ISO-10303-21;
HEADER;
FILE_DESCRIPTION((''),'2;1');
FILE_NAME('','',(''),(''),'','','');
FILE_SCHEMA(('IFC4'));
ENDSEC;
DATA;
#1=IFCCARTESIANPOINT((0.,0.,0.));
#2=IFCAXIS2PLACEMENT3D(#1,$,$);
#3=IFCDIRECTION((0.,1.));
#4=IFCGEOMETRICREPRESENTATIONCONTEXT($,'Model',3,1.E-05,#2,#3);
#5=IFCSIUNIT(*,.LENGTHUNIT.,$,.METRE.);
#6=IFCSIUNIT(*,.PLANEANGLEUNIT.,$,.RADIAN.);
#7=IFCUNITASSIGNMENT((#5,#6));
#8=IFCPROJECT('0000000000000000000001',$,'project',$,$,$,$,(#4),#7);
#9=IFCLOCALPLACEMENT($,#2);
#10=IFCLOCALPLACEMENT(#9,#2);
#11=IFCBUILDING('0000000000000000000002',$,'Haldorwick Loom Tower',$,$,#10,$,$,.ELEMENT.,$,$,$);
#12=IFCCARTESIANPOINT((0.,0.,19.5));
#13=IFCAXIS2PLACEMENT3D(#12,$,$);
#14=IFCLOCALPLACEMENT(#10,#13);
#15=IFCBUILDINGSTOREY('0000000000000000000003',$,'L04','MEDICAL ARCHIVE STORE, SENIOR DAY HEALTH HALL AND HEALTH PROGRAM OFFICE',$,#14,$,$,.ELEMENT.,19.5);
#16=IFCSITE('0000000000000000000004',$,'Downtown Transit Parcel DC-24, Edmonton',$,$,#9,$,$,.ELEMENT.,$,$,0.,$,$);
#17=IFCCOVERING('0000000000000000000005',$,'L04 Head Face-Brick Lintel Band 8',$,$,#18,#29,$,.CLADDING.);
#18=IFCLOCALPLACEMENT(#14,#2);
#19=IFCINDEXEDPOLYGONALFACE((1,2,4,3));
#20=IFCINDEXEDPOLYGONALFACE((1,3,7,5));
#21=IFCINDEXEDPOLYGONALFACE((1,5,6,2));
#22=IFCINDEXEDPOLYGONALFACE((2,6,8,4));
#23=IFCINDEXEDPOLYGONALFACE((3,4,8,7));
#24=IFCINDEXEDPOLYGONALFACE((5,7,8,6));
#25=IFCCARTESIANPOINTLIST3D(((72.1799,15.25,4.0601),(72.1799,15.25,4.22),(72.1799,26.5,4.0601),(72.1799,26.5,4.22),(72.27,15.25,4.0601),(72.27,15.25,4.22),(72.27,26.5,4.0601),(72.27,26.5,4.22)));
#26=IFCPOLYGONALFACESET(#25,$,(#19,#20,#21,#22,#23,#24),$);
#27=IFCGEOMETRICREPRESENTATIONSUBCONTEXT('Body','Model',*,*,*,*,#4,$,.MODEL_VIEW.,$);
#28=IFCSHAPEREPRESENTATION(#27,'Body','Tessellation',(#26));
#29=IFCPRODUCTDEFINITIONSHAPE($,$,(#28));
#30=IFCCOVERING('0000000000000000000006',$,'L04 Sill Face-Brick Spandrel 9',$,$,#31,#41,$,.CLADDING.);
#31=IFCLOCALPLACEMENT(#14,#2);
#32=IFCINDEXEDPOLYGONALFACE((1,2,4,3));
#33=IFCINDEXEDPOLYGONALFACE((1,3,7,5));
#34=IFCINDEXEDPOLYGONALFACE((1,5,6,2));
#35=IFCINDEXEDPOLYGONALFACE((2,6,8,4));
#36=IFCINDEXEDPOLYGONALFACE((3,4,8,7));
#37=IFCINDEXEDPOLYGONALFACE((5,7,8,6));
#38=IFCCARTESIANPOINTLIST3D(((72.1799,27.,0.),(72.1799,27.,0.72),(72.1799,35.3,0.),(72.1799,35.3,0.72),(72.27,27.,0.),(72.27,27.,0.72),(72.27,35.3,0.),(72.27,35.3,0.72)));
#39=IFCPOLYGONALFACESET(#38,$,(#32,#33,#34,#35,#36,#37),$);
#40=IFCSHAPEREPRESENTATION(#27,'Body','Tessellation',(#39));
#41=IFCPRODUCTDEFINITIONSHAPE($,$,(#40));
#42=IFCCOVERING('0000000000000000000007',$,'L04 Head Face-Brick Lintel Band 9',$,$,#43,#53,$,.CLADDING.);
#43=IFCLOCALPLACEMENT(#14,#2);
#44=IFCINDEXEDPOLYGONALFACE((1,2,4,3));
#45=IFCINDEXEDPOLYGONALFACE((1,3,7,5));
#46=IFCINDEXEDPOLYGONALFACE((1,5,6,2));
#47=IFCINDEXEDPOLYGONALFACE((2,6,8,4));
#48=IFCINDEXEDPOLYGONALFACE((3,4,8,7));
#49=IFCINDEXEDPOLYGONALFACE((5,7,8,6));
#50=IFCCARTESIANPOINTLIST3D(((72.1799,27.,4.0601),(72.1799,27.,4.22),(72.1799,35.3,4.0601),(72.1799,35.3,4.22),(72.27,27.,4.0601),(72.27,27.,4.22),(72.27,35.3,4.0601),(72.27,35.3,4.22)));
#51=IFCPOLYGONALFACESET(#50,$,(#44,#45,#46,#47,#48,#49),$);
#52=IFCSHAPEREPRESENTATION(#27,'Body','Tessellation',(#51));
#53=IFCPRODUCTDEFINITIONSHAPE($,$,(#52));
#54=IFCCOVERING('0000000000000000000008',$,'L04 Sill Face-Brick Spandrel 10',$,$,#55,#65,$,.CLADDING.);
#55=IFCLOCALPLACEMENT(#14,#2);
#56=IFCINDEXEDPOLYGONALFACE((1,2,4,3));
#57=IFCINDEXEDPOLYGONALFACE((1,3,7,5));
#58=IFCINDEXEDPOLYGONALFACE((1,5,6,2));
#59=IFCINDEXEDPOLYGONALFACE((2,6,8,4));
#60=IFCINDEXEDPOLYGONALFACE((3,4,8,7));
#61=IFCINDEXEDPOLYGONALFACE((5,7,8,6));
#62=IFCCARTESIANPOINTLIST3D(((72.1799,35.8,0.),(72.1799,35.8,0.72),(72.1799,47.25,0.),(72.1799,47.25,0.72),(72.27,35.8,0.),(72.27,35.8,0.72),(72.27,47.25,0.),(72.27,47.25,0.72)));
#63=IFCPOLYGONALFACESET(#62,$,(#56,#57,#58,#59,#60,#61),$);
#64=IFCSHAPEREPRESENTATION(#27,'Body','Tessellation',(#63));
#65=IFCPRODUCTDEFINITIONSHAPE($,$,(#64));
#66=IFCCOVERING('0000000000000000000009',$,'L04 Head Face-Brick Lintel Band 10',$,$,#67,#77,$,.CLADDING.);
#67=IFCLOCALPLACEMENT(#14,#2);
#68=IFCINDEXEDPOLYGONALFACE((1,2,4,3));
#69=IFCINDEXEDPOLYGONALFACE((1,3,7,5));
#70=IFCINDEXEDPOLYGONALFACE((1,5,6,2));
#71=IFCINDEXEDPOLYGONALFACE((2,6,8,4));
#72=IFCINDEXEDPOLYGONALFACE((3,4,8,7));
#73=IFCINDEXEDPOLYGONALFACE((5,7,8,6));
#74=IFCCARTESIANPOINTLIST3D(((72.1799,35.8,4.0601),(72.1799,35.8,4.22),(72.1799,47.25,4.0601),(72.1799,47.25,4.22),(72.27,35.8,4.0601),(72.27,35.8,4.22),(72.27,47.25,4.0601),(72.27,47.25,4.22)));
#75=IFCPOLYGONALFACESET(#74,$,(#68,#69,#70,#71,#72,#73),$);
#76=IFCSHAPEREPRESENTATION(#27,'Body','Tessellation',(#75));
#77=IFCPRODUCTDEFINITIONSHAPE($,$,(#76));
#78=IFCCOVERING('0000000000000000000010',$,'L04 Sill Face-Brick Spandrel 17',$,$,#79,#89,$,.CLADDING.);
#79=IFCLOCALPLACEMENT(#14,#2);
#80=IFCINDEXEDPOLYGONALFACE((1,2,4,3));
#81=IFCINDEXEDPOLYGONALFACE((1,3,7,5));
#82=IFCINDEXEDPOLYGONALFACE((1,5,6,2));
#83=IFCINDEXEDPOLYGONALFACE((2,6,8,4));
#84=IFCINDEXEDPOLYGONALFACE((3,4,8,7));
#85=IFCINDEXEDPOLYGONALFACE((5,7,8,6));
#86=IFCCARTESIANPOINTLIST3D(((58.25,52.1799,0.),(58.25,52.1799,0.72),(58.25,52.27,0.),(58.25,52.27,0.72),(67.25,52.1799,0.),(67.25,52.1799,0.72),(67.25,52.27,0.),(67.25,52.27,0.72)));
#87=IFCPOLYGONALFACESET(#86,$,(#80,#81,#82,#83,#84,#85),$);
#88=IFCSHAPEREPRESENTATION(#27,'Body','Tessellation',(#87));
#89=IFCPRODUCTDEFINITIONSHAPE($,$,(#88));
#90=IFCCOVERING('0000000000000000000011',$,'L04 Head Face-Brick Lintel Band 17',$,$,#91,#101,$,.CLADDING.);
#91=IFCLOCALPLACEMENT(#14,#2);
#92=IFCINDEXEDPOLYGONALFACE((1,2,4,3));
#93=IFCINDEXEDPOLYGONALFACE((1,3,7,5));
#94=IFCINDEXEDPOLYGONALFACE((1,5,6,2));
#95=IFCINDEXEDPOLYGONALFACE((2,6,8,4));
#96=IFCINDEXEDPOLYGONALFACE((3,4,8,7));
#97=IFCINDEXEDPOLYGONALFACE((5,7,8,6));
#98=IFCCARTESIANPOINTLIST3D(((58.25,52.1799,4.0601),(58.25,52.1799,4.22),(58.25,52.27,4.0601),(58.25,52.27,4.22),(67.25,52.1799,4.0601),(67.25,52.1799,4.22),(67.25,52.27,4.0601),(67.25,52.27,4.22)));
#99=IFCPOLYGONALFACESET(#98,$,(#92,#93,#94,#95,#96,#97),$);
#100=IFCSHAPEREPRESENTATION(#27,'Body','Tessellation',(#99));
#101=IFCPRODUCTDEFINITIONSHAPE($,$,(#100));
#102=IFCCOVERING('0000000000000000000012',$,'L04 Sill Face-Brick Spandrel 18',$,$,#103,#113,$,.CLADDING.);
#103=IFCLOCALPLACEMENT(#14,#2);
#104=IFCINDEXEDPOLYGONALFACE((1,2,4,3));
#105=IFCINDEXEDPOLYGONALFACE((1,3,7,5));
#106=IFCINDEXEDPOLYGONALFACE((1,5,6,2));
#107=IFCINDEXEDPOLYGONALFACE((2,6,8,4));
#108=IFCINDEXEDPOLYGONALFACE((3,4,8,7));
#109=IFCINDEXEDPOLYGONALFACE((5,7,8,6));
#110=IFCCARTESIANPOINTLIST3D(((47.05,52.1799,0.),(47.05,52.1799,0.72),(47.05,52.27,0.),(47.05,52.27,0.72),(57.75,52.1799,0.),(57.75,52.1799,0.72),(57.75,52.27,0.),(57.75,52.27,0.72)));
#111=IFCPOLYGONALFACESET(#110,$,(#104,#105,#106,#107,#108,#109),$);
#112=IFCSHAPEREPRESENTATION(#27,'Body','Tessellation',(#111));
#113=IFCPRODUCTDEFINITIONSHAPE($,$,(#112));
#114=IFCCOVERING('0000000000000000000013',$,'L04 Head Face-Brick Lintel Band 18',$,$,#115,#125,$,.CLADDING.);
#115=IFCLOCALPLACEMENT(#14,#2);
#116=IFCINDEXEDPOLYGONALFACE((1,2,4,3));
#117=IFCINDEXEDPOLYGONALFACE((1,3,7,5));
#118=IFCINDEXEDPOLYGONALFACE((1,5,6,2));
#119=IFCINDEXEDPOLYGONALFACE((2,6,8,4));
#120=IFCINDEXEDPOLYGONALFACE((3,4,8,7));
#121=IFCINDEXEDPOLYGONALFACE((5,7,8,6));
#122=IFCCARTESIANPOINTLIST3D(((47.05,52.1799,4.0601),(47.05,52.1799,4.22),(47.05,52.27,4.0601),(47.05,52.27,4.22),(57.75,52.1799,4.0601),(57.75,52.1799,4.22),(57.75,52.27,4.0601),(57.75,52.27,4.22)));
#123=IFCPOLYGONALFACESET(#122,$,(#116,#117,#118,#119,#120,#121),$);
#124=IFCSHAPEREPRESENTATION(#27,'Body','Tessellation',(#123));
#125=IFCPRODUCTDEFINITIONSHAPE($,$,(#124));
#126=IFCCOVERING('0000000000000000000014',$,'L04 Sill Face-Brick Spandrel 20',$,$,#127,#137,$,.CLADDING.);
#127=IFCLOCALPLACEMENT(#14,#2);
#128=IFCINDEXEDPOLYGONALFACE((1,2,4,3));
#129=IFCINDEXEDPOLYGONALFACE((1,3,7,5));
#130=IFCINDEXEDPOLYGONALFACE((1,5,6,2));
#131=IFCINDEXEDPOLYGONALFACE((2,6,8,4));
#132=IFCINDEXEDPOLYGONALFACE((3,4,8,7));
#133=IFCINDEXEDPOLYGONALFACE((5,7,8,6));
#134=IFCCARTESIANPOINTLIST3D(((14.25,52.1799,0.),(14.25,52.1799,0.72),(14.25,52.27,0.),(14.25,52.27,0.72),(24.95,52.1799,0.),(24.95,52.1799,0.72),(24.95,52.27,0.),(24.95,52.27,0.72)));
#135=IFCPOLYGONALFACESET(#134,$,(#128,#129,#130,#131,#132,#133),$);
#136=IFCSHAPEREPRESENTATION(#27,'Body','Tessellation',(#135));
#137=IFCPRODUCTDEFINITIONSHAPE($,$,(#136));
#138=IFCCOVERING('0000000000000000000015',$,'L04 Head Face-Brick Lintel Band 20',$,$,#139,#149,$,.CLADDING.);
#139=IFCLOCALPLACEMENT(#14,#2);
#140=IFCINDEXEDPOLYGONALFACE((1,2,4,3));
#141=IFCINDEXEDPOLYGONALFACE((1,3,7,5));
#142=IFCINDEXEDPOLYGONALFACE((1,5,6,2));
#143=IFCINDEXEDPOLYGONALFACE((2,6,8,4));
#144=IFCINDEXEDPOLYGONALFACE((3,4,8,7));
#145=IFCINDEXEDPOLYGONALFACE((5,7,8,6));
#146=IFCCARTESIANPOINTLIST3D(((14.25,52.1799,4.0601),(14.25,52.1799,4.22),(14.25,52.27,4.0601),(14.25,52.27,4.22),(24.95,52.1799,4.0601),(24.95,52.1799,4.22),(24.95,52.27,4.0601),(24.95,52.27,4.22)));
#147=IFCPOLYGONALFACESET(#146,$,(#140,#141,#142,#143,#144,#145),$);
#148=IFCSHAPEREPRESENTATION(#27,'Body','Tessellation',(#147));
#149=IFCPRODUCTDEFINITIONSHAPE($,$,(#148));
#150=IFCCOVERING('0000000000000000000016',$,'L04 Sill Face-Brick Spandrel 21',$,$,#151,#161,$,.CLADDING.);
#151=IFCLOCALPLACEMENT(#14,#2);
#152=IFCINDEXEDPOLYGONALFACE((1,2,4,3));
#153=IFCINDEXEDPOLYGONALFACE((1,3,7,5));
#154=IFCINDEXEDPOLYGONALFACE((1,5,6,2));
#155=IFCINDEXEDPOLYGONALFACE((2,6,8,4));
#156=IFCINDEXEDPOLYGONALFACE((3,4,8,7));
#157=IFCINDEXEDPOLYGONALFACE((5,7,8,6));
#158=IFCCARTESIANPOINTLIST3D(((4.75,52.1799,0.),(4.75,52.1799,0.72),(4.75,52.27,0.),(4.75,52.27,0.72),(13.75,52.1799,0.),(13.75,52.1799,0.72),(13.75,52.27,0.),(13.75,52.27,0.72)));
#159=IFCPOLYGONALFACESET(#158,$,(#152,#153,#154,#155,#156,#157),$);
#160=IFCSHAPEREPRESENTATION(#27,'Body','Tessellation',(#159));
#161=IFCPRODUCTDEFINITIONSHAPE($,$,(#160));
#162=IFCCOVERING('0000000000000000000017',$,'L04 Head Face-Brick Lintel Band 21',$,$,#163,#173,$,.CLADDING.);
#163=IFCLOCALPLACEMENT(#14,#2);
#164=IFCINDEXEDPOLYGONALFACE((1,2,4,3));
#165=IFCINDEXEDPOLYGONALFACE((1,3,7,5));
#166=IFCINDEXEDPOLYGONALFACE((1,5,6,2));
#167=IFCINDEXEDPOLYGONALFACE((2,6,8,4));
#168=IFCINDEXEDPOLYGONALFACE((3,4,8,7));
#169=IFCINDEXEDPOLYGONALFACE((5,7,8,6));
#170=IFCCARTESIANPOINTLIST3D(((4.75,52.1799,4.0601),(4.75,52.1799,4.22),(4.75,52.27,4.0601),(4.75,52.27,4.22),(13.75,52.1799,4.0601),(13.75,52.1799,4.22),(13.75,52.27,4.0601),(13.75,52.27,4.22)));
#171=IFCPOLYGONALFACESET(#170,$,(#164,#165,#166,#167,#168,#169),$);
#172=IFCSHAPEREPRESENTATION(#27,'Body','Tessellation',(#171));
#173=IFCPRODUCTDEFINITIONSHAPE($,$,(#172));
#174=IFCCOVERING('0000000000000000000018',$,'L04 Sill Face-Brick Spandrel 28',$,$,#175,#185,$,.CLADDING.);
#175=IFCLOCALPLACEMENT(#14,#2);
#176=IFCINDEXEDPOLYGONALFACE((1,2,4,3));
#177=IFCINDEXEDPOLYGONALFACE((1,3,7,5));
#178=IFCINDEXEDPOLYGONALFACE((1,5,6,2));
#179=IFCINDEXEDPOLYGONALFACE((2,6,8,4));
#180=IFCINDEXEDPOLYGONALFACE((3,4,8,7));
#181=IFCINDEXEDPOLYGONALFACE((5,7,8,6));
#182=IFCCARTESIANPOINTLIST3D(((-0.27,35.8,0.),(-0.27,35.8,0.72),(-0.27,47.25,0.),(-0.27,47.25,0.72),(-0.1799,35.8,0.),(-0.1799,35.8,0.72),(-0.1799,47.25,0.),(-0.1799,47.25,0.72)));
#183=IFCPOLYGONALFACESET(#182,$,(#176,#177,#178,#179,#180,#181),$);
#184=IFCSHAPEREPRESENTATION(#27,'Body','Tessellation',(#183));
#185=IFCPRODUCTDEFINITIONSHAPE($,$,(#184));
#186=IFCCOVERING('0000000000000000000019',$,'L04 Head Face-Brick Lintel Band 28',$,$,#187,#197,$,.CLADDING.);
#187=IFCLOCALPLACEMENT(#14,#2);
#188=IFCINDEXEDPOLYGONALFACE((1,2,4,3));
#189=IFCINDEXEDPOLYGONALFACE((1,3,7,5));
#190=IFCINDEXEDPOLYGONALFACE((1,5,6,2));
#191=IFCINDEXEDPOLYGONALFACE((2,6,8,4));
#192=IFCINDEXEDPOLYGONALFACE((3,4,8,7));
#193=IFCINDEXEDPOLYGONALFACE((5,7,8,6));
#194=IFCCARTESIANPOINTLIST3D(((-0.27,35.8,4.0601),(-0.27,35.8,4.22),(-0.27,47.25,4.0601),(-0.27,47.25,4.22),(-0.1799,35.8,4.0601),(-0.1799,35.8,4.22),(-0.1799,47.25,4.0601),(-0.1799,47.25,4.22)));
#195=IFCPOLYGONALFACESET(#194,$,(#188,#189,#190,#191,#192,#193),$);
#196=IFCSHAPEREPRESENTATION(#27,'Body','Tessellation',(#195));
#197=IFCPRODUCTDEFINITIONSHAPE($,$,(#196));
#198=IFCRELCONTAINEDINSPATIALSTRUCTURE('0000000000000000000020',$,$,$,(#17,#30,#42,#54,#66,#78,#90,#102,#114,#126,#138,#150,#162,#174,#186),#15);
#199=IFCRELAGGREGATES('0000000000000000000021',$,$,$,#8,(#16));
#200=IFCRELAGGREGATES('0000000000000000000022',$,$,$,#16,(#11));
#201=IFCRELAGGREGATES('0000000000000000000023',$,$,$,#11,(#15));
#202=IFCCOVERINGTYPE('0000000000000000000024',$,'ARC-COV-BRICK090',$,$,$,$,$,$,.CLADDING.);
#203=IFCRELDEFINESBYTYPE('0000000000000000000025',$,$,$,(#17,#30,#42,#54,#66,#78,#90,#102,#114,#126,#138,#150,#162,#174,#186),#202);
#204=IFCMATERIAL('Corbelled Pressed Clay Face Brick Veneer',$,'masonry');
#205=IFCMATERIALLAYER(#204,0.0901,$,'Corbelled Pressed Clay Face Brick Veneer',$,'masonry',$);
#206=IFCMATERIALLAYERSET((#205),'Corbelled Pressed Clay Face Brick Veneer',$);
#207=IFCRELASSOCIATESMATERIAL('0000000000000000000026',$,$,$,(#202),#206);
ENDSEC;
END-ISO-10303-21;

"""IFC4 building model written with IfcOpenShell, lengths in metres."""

from ifc_helpers import new_model, si_unit, direction, frame, origin, place, context, subcontext, project, spatial, polyline, outline, extrude, material, layer, layer_set, type_object, element, save


model = new_model("IFC4")

# Units and contexts
model_context = context("Model", 3, precision=1e-05, world=origin(), true_north=direction((0.0, 1.0)))
body_context = subcontext(model_context, "Body", "Model", "MODEL_VIEW")
ifc_project = project(units=[si_unit("LENGTHUNIT", "METRE"), si_unit("PLANEANGLEUNIT", "RADIAN")], contexts=[model_context])

# Site, building, storey
site_placement = place(None, origin())
site = spatial("IfcSite", under=ifc_project, at=site_placement, Name="Downtown Transit Parcel DC-24, Edmonton", CompositionType="ELEMENT", RefElevation=0.0)
building_placement = place(site_placement, origin())
building = spatial("IfcBuilding", under=site, at=building_placement, Name="Haldorwick Loom Tower", CompositionType="ELEMENT")
storey_placement = place(building_placement, frame((0.0, 0.0, 19.5)))
storey = spatial("IfcBuildingStorey", under=building, at=storey_placement, Name="L04", Description="MEDICAL ARCHIVE STORE, SENIOR DAY HEALTH HALL AND HEALTH PROGRAM OFFICE", CompositionType="ELEMENT", Elevation=19.5)

# Coverings
ifc_material_1 = material(Name="Corbelled Pressed Clay Face Brick Veneer", Category="masonry")
ifc_layer_1 = layer(ifc_material_1, 0.0901, Name="Corbelled Pressed Clay Face Brick Veneer", Category="masonry")
ifc_layer_set_1 = layer_set([ifc_layer_1], Name="Corbelled Pressed Clay Face Brick Veneer")
covering_type = type_object("IfcCoveringType", Name="ARC-COV-BRICK090", PredefinedType="CLADDING", material=ifc_layer_set_1)
covering_1_placement = place(storey_placement, frame((0.0, 0.0, 4.0601)))
element("IfcCovering", 1, at=covering_1_placement, inside=storey, type_object=covering_type, Name="L04 Head Face-Brick Lintel Band 8", PredefinedType="CLADDING", context=body_context, shape_type="SweptSolid", body=[
    extrude(outline(polyline([(72.27, 15.25), (72.27, 26.5), (72.1799, 26.5), (72.1799, 15.25), (72.27, 15.25)])), origin(), (0.0, 0.0, 1.0), 0.1599),
])
covering_2_placement = place(storey_placement, origin())
element("IfcCovering", 2, at=covering_2_placement, inside=storey, type_object=covering_type, Name="L04 Sill Face-Brick Spandrel 9", PredefinedType="CLADDING", context=body_context, shape_type="SweptSolid", body=[
    extrude(outline(polyline([(72.27, 27.0), (72.27, 35.3), (72.1799, 35.3), (72.1799, 27.0), (72.27, 27.0)])), origin(), (0.0, 0.0, 1.0), 0.72),
])
covering_3_placement = place(storey_placement, frame((0.0, 0.0, 4.0601)))
element("IfcCovering", 3, at=covering_3_placement, inside=storey, type_object=covering_type, Name="L04 Head Face-Brick Lintel Band 9", PredefinedType="CLADDING", context=body_context, shape_type="SweptSolid", body=[
    extrude(outline(polyline([(72.27, 27.0), (72.27, 35.3), (72.1799, 35.3), (72.1799, 27.0), (72.27, 27.0)])), origin(), (0.0, 0.0, 1.0), 0.1599),
])
covering_4_placement = place(storey_placement, origin())
element("IfcCovering", 4, at=covering_4_placement, inside=storey, type_object=covering_type, Name="L04 Sill Face-Brick Spandrel 10", PredefinedType="CLADDING", context=body_context, shape_type="SweptSolid", body=[
    extrude(outline(polyline([(72.27, 35.8), (72.27, 47.25), (72.1799, 47.25), (72.1799, 35.8), (72.27, 35.8)])), origin(), (0.0, 0.0, 1.0), 0.72),
])
covering_5_placement = place(storey_placement, frame((0.0, 0.0, 4.0601)))
element("IfcCovering", 5, at=covering_5_placement, inside=storey, type_object=covering_type, Name="L04 Head Face-Brick Lintel Band 10", PredefinedType="CLADDING", context=body_context, shape_type="SweptSolid", body=[
    extrude(outline(polyline([(72.27, 35.8), (72.27, 47.25), (72.1799, 47.25), (72.1799, 35.8), (72.27, 35.8)])), origin(), (0.0, 0.0, 1.0), 0.1599),
])
covering_6_placement = place(storey_placement, origin())
element("IfcCovering", 6, at=covering_6_placement, inside=storey, type_object=covering_type, Name="L04 Sill Face-Brick Spandrel 17", PredefinedType="CLADDING", context=body_context, shape_type="SweptSolid", body=[
    extrude(outline(polyline([(67.25, 52.27), (58.25, 52.27), (58.25, 52.1799), (67.25, 52.1799), (67.25, 52.27)])), origin(), (0.0, 0.0, 1.0), 0.72),
])
covering_7_placement = place(storey_placement, frame((0.0, 0.0, 4.0601)))
element("IfcCovering", 7, at=covering_7_placement, inside=storey, type_object=covering_type, Name="L04 Head Face-Brick Lintel Band 17", PredefinedType="CLADDING", context=body_context, shape_type="SweptSolid", body=[
    extrude(outline(polyline([(67.25, 52.27), (58.25, 52.27), (58.25, 52.1799), (67.25, 52.1799), (67.25, 52.27)])), origin(), (0.0, 0.0, 1.0), 0.1599),
])
covering_8_placement = place(storey_placement, origin())
element("IfcCovering", 8, at=covering_8_placement, inside=storey, type_object=covering_type, Name="L04 Sill Face-Brick Spandrel 18", PredefinedType="CLADDING", context=body_context, shape_type="SweptSolid", body=[
    extrude(outline(polyline([(57.75, 52.27), (47.05, 52.27), (47.05, 52.1799), (57.75, 52.1799), (57.75, 52.27)])), origin(), (0.0, 0.0, 1.0), 0.72),
])
covering_9_placement = place(storey_placement, frame((0.0, 0.0, 4.0601)))
element("IfcCovering", 9, at=covering_9_placement, inside=storey, type_object=covering_type, Name="L04 Head Face-Brick Lintel Band 18", PredefinedType="CLADDING", context=body_context, shape_type="SweptSolid", body=[
    extrude(outline(polyline([(57.75, 52.27), (47.05, 52.27), (47.05, 52.1799), (57.75, 52.1799), (57.75, 52.27)])), origin(), (0.0, 0.0, 1.0), 0.1599),
])
covering_10_placement = place(storey_placement, origin())
element("IfcCovering", 10, at=covering_10_placement, inside=storey, type_object=covering_type, Name="L04 Sill Face-Brick Spandrel 20", PredefinedType="CLADDING", context=body_context, shape_type="SweptSolid", body=[
    extrude(outline(polyline([(24.95, 52.27), (14.25, 52.27), (14.25, 52.1799), (24.95, 52.1799), (24.95, 52.27)])), origin(), (0.0, 0.0, 1.0), 0.72),
])
covering_11_placement = place(storey_placement, frame((0.0, 0.0, 4.0601)))
element("IfcCovering", 11, at=covering_11_placement, inside=storey, type_object=covering_type, Name="L04 Head Face-Brick Lintel Band 20", PredefinedType="CLADDING", context=body_context, shape_type="SweptSolid", body=[
    extrude(outline(polyline([(24.95, 52.27), (14.25, 52.27), (14.25, 52.1799), (24.95, 52.1799), (24.95, 52.27)])), origin(), (0.0, 0.0, 1.0), 0.1599),
])
covering_12_placement = place(storey_placement, origin())
element("IfcCovering", 12, at=covering_12_placement, inside=storey, type_object=covering_type, Name="L04 Sill Face-Brick Spandrel 21", PredefinedType="CLADDING", context=body_context, shape_type="SweptSolid", body=[
    extrude(outline(polyline([(13.75, 52.27), (4.75, 52.27), (4.75, 52.1799), (13.75, 52.1799), (13.75, 52.27)])), origin(), (0.0, 0.0, 1.0), 0.72),
])
covering_13_placement = place(storey_placement, frame((0.0, 0.0, 4.0601)))
element("IfcCovering", 13, at=covering_13_placement, inside=storey, type_object=covering_type, Name="L04 Head Face-Brick Lintel Band 21", PredefinedType="CLADDING", context=body_context, shape_type="SweptSolid", body=[
    extrude(outline(polyline([(13.75, 52.27), (4.75, 52.27), (4.75, 52.1799), (13.75, 52.1799), (13.75, 52.27)])), origin(), (0.0, 0.0, 1.0), 0.1599),
])
covering_14_placement = place(storey_placement, origin())
element("IfcCovering", 14, at=covering_14_placement, inside=storey, type_object=covering_type, Name="L04 Sill Face-Brick Spandrel 28", PredefinedType="CLADDING", context=body_context, shape_type="SweptSolid", body=[
    extrude(outline(polyline([(-0.27, 47.25), (-0.27, 35.8), (-0.1799, 35.8), (-0.1799, 47.25), (-0.27, 47.25)])), origin(), (0.0, 0.0, 1.0), 0.72),
])
covering_15_placement = place(storey_placement, frame((0.0, 0.0, 4.0601)))
element("IfcCovering", 15, at=covering_15_placement, inside=storey, type_object=covering_type, Name="L04 Head Face-Brick Lintel Band 28", PredefinedType="CLADDING", context=body_context, shape_type="SweptSolid", body=[
    extrude(outline(polyline([(-0.27, 47.25), (-0.27, 35.8), (-0.1799, 35.8), (-0.1799, 47.25), (-0.27, 47.25)])), origin(), (0.0, 0.0, 1.0), 0.1599),
])

save(model, "model.ifc")
